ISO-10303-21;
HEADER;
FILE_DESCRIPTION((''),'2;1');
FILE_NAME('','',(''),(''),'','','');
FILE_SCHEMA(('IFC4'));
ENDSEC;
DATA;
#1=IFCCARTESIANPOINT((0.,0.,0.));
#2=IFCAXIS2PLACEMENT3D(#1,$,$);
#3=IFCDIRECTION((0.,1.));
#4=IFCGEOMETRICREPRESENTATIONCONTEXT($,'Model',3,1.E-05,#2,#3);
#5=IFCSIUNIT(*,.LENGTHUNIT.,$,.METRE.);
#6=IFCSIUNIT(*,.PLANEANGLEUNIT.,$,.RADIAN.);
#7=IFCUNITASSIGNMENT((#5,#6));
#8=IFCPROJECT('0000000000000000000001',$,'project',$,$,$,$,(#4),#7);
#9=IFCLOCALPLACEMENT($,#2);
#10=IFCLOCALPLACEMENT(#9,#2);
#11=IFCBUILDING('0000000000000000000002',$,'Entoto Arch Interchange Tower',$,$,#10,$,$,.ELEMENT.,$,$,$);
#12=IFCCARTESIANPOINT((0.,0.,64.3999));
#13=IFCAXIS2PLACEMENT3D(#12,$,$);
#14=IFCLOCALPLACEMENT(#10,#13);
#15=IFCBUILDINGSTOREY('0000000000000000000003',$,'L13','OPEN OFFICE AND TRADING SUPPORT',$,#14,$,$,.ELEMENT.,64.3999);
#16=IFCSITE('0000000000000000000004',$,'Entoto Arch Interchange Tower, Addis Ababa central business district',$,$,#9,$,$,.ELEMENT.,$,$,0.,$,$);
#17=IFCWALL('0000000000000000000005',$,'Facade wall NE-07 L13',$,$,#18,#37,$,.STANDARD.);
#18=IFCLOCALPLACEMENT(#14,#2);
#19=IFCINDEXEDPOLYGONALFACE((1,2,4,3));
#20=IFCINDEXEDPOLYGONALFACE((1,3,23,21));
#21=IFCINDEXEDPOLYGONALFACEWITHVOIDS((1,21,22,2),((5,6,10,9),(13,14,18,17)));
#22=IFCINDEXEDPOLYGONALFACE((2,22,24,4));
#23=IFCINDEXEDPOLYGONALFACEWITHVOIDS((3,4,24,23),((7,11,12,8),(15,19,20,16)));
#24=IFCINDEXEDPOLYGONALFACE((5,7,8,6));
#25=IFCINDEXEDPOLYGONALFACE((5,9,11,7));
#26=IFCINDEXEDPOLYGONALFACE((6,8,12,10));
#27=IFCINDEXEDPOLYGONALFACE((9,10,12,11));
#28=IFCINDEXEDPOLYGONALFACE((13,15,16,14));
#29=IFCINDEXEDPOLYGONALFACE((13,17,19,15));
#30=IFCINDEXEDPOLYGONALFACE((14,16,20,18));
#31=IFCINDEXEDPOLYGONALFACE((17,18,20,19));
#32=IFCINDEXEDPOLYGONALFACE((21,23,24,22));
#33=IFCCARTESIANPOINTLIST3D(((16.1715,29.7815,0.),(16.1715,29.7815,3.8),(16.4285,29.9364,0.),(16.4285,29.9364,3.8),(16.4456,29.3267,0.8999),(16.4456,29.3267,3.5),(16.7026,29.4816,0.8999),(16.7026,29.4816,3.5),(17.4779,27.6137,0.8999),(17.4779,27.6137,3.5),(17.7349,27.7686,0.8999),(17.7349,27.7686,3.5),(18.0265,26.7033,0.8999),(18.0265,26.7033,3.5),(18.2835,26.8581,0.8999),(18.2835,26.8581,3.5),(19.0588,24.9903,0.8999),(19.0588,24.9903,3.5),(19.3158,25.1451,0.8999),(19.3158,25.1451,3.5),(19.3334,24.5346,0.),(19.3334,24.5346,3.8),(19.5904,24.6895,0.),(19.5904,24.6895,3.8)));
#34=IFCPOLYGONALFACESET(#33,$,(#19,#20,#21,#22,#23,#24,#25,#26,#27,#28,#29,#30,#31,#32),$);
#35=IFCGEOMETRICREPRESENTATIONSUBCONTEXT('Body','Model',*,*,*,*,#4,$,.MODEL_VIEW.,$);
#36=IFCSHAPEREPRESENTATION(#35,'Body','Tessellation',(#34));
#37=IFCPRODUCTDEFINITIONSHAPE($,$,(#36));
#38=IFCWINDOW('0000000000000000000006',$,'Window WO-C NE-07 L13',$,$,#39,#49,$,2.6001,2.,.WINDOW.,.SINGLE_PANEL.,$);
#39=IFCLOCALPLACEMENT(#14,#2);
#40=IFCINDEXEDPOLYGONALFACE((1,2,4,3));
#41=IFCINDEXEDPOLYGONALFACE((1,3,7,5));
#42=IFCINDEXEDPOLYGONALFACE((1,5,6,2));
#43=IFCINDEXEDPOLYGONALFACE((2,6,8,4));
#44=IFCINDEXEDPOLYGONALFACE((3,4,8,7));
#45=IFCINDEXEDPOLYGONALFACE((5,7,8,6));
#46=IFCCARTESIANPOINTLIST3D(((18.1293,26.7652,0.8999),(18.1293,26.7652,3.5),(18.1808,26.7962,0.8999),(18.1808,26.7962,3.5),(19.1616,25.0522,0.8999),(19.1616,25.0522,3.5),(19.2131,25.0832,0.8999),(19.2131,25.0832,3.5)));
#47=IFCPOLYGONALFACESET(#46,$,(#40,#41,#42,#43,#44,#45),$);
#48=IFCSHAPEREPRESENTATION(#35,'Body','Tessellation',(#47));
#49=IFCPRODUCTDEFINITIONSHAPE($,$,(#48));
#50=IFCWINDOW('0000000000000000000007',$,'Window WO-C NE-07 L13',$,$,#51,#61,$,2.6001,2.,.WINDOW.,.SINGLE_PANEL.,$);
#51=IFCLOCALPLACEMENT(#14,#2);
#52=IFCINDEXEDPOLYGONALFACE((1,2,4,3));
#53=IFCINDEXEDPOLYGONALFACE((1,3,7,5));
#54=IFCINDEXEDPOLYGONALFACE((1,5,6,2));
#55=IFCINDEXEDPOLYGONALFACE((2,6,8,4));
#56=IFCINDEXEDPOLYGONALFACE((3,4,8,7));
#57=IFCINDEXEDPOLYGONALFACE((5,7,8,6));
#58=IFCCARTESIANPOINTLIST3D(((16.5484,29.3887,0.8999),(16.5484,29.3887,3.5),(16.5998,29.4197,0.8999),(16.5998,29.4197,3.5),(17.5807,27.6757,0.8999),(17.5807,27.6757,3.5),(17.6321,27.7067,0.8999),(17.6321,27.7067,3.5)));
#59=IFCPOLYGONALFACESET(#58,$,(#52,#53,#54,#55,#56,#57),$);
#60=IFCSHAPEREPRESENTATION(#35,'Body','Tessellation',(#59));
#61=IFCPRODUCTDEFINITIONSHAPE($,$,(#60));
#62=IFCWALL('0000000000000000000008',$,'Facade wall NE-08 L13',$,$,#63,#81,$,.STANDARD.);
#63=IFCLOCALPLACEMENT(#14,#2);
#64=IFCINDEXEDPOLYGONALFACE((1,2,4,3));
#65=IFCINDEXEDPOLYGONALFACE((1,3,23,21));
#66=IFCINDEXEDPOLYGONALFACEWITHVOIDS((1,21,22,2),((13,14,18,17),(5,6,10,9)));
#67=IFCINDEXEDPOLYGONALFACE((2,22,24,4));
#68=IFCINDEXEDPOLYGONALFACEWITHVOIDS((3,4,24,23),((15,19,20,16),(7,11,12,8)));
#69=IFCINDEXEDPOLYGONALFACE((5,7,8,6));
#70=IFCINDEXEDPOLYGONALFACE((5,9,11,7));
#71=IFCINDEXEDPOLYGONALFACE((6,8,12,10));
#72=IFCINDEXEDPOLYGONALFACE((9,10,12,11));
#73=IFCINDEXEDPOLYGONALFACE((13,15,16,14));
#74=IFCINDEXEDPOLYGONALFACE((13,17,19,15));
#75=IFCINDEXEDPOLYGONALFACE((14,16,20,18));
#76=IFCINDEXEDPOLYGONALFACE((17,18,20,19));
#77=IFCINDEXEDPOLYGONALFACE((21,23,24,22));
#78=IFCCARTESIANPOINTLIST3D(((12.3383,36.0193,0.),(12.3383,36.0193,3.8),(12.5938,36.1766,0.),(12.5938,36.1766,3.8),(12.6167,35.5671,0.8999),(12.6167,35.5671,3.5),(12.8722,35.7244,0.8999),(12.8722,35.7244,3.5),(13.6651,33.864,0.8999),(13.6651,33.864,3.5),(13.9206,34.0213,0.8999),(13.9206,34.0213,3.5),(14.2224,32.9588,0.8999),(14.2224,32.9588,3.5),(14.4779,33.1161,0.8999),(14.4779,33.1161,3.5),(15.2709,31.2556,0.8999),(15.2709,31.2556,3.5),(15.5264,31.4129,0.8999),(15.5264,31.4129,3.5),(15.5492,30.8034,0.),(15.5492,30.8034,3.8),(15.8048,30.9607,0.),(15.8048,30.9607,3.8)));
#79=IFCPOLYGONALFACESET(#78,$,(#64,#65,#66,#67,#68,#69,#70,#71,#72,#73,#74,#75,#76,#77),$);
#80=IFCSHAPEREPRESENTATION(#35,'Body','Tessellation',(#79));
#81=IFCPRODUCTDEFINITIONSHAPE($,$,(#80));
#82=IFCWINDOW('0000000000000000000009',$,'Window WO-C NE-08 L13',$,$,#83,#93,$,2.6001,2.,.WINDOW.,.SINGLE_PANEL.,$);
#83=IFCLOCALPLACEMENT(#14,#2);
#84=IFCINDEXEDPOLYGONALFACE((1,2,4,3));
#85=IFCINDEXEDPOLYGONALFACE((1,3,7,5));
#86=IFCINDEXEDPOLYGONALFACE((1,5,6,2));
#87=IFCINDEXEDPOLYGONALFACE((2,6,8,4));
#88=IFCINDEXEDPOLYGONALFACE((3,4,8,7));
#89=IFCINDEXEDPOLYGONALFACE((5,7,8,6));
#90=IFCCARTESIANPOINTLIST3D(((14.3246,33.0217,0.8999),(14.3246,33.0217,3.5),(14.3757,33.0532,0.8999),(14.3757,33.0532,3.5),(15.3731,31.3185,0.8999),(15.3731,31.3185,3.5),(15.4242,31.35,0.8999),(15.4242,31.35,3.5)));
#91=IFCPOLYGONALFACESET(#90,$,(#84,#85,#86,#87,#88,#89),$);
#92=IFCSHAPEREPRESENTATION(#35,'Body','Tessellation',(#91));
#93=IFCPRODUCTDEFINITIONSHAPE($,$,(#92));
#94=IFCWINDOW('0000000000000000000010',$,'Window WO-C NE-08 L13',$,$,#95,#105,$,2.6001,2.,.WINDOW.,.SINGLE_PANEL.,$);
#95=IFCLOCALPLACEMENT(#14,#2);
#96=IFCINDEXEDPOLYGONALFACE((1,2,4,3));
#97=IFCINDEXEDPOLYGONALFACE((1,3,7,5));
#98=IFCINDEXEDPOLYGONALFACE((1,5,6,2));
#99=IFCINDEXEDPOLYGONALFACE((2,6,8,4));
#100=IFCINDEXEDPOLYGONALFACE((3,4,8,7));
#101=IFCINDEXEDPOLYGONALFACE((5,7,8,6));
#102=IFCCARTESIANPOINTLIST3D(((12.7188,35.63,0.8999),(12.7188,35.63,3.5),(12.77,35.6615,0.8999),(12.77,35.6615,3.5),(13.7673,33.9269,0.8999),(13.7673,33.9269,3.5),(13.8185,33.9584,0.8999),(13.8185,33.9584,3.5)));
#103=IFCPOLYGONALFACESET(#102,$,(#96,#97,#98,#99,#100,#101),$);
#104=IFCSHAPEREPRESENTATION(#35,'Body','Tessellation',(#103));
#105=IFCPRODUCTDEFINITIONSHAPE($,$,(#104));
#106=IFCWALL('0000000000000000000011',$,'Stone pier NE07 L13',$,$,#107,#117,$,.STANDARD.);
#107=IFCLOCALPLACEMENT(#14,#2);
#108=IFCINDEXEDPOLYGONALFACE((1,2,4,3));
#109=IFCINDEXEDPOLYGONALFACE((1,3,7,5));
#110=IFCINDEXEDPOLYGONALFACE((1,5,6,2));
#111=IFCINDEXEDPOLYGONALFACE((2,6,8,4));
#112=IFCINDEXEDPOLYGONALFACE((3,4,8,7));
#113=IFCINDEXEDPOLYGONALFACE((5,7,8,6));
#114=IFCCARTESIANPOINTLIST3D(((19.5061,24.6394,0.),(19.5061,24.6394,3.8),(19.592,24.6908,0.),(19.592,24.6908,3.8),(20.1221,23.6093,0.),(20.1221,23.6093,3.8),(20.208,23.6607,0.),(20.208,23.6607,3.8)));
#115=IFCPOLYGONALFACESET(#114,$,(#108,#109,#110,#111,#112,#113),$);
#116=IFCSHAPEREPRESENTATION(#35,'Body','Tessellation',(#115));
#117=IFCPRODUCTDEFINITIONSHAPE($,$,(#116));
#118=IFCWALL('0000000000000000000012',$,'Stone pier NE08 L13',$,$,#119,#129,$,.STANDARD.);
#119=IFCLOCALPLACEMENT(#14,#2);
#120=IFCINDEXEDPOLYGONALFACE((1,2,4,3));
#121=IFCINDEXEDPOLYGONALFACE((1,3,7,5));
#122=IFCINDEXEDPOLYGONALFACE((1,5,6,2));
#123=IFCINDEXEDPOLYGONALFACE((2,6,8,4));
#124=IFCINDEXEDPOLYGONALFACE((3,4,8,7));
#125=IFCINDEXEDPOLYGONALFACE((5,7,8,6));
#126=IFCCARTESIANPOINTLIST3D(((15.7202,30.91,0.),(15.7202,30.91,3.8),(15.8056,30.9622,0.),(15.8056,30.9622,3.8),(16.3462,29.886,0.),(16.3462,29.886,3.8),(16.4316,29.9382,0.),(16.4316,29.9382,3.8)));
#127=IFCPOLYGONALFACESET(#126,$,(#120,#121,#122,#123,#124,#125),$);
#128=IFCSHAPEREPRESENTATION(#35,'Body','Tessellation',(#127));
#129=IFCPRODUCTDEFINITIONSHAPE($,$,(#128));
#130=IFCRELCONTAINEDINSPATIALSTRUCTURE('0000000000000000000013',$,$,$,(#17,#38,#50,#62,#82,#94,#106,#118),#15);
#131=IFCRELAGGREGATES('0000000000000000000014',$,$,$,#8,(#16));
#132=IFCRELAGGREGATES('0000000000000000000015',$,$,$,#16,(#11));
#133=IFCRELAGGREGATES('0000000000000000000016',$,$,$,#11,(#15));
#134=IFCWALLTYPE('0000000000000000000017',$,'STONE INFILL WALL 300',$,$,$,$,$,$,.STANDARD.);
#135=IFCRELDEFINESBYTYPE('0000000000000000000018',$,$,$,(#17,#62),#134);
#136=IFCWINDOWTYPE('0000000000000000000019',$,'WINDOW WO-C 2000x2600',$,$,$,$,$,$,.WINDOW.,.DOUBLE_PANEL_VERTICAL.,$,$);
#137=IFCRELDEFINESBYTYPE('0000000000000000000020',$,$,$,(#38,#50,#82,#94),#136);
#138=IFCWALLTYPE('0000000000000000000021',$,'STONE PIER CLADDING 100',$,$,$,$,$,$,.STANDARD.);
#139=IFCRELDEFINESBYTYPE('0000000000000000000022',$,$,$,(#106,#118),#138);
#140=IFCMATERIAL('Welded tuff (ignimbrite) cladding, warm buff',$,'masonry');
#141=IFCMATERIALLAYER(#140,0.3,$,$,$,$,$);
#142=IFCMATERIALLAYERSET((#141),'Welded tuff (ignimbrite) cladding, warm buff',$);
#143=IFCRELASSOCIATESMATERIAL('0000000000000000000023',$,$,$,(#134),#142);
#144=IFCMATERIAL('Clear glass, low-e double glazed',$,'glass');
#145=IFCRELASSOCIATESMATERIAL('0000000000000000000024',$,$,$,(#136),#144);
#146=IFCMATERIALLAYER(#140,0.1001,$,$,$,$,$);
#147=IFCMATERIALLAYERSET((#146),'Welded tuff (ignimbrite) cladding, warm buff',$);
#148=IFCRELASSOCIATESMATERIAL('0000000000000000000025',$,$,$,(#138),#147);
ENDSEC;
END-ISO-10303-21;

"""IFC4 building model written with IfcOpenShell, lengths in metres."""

from ifc_helpers import new_model, si_unit, direction, frame, frame_2d, origin, place, context, subcontext, project, spatial, rectangle, extrude, material, layer, layer_set, type_object, element, fill, save


model = new_model("IFC4")

# Units and contexts
model_context = context("Model", 3, precision=1e-05, world=origin(), true_north=direction((0.0, 1.0)))
body_context = subcontext(model_context, "Body", "Model", "MODEL_VIEW")
ifc_project = project(units=[si_unit("LENGTHUNIT", "METRE"), si_unit("PLANEANGLEUNIT", "RADIAN")], contexts=[model_context])

# Site, building, storey
site_placement = place(None, origin())
site = spatial("IfcSite", under=ifc_project, at=site_placement, Name="Entoto Arch Interchange Tower, Addis Ababa central business district", CompositionType="ELEMENT", RefElevation=0.0)
building_placement = place(site_placement, origin())
building = spatial("IfcBuilding", under=site, at=building_placement, Name="Entoto Arch Interchange Tower", CompositionType="ELEMENT")
storey_placement = place(building_placement, frame((0.0, 0.0, 64.3999)))
storey = spatial("IfcBuildingStorey", under=building, at=storey_placement, Name="L13", Description="OPEN OFFICE AND TRADING SUPPORT", CompositionType="ELEMENT", Elevation=64.3999)

# Walls, openings, windows
ifc_material_1 = material(Name="Welded tuff (ignimbrite) cladding, warm buff", Category="masonry")
ifc_layer_1 = layer(ifc_material_1, 0.3)
ifc_layer_set_1 = layer_set([ifc_layer_1], Name="Welded tuff (ignimbrite) cladding, warm buff")
wall_type_1 = type_object("IfcWallType", Name="STONE INFILL WALL 300", PredefinedType="STANDARD", material=ifc_layer_set_1)
wall_1_placement = place(storey_placement, frame((19.4619, 24.6121, 0.0), z_axis=(0.0, 0.0, 1.0), x_axis=(-0.516148, 0.8565, 0.0)))
wall_1 = element("IfcWall", 1, at=wall_1_placement, inside=storey, type_object=wall_type_1, Name="Facade wall NE-07 L13", PredefinedType="STANDARD", context=body_context, shape_type="SweptSolid", body=[
    extrude(rectangle(XDim=6.126, YDim=0.3, at=frame_2d((3.063, 0.0))), origin(), (0.0, 0.0, 1.0), 3.8),
])
opening_1_placement = place(wall_1_placement, frame((0.532, 0.0, 0.8999)))
opening_1 = element("IfcOpeningElement", 2, at=opening_1_placement, cuts=wall_1, PredefinedType="OPENING", context=body_context, shape_type="SweptSolid", body=[
    extrude(rectangle(XDim=2.0, YDim=2.6001, at=frame_2d((1.0, 1.3))), frame((0.0, 0.1602, 0.0), z_axis=(0.0, -1.0, 0.0), x_axis=(1.0, 0.0, 0.0)), (0.0, 0.0, 1.0), 0.3201),
])
opening_2_placement = place(wall_1_placement, frame((3.595, 0.0, 0.8999)))
opening_2 = element("IfcOpeningElement", 3, at=opening_2_placement, cuts=wall_1, PredefinedType="OPENING", context=body_context, shape_type="SweptSolid", body=[
    extrude(rectangle(XDim=2.0, YDim=2.6001, at=frame_2d((1.0, 1.3))), frame((0.0, 0.1602, 0.0), z_axis=(0.0, -1.0, 0.0), x_axis=(1.0, 0.0, 0.0)), (0.0, 0.0, 1.0), 0.3201),
])
ifc_material_2 = material(Name="Clear glass, low-e double glazed", Category="glass")
window_type = type_object("IfcWindowType", Name="WINDOW WO-C 2000x2600", PartitioningType="DOUBLE_PANEL_VERTICAL", PredefinedType="WINDOW", material=ifc_material_2)
window_1_placement = place(opening_1_placement, origin())
window_1 = element("IfcWindow", 4, at=window_1_placement, inside=storey, type_object=window_type, Name="Window WO-C NE-07 L13", OverallHeight=2.6001, OverallWidth=2.0, PartitioningType="SINGLE_PANEL", PredefinedType="WINDOW", context=body_context, shape_type="SweptSolid", body=[
    extrude(rectangle(XDim=2.0, YDim=2.6001, at=frame_2d((1.0, 1.3))), frame((0.0, 0.03, 0.0), z_axis=(0.0, -1.0, 0.0), x_axis=(1.0, 0.0, 0.0)), (0.0, 0.0, 1.0), 0.0601),
])
fill(opening_1, window_1)
window_2_placement = place(opening_2_placement, origin())
window_2 = element("IfcWindow", 5, at=window_2_placement, inside=storey, type_object=window_type, Name="Window WO-C NE-07 L13", OverallHeight=2.6001, OverallWidth=2.0, PartitioningType="SINGLE_PANEL", PredefinedType="WINDOW", context=body_context, shape_type="SweptSolid", body=[
    extrude(rectangle(XDim=2.0, YDim=2.6001, at=frame_2d((1.0, 1.3))), frame((0.0, 0.03, 0.0), z_axis=(0.0, -1.0, 0.0), x_axis=(1.0, 0.0, 0.0)), (0.0, 0.0, 1.0), 0.0601),
])
fill(opening_2, window_2)
wall_2_placement = place(storey_placement, frame((15.677, 30.8821, 0.0), z_axis=(0.0, 0.0, 1.0), x_axis=(-0.52424, 0.851571, 0.0)))
wall_2 = element("IfcWall", 6, at=wall_2_placement, inside=storey, type_object=wall_type_1, Name="Facade wall NE-08 L13", PredefinedType="STANDARD", context=body_context, shape_type="SweptSolid", body=[
    extrude(rectangle(XDim=6.125, YDim=0.3, at=frame_2d((3.0625, 0.0))), origin(), (0.0, 0.0, 1.0), 3.8),
])
opening_3_placement = place(wall_2_placement, frame((0.531, 0.0, 0.8999)))
opening_3 = element("IfcOpeningElement", 7, at=opening_3_placement, cuts=wall_2, PredefinedType="OPENING", context=body_context, shape_type="SweptSolid", body=[
    extrude(rectangle(XDim=2.0, YDim=2.6001, at=frame_2d((1.0, 1.3))), frame((0.0, 0.1602, 0.0), z_axis=(0.0, -1.0, 0.0), x_axis=(1.0, 0.0, 0.0)), (0.0, 0.0, 1.0), 0.3201),
])
opening_4_placement = place(wall_2_placement, frame((3.594, 0.0, 0.8999)))
opening_4 = element("IfcOpeningElement", 8, at=opening_4_placement, cuts=wall_2, PredefinedType="OPENING", context=body_context, shape_type="SweptSolid", body=[
    extrude(rectangle(XDim=2.0, YDim=2.6001, at=frame_2d((1.0, 1.3))), frame((0.0, 0.1602, 0.0), z_axis=(0.0, -1.0, 0.0), x_axis=(1.0, 0.0, 0.0)), (0.0, 0.0, 1.0), 0.3201),
])
window_3_placement = place(opening_3_placement, origin())
window_3 = element("IfcWindow", 9, at=window_3_placement, inside=storey, type_object=window_type, Name="Window WO-C NE-08 L13", OverallHeight=2.6001, OverallWidth=2.0, PartitioningType="SINGLE_PANEL", PredefinedType="WINDOW", context=body_context, shape_type="SweptSolid", body=[
    extrude(rectangle(XDim=2.0, YDim=2.6001, at=frame_2d((1.0, 1.3))), frame((0.0, 0.03, 0.0), z_axis=(0.0, -1.0, 0.0), x_axis=(1.0, 0.0, 0.0)), (0.0, 0.0, 1.0), 0.0601),
])
fill(opening_3, window_3)
window_4_placement = place(opening_4_placement, origin())
window_4 = element("IfcWindow", 10, at=window_4_placement, inside=storey, type_object=window_type, Name="Window WO-C NE-08 L13", OverallHeight=2.6001, OverallWidth=2.0, PartitioningType="SINGLE_PANEL", PredefinedType="WINDOW", context=body_context, shape_type="SweptSolid", body=[
    extrude(rectangle(XDim=2.0, YDim=2.6001, at=frame_2d((1.0, 1.3))), frame((0.0, 0.03, 0.0), z_axis=(0.0, -1.0, 0.0), x_axis=(1.0, 0.0, 0.0)), (0.0, 0.0, 1.0), 0.0601),
])
fill(opening_4, window_4)

# Walls
ifc_layer_2 = layer(ifc_material_1, 0.1001)
ifc_layer_set_2 = layer_set([ifc_layer_2], Name="Welded tuff (ignimbrite) cladding, warm buff")
wall_type_2 = type_object("IfcWallType", Name="STONE PIER CLADDING 100", PredefinedType="STANDARD", material=ifc_layer_set_2)
for number, where, z_axis, x_axis, name in (
    (11, (20.165, 23.635, 0.0), (0.0, 0.0, 1.0), (-0.513239, 0.858246, 0.0), "Stone pier NE07 L13"),
    (12, (16.3889, 29.9121, 0.0), (0.0, 0.0, 1.0), (-0.521598, 0.853191, 0.0), "Stone pier NE08 L13"),
):
    element("IfcWall", number, at=place(storey_placement, frame(where, z_axis=z_axis, x_axis=x_axis)), inside=storey, type_object=wall_type_2, Name=name, PredefinedType="STANDARD", context=body_context, shape_type="SweptSolid", body=[
        extrude(rectangle(XDim=1.2002, YDim=0.1001, at=frame_2d((0.6001, 0.0))), origin(), (0.0, 0.0, 1.0), 3.8),
    ])

save(model, "model.ifc")
